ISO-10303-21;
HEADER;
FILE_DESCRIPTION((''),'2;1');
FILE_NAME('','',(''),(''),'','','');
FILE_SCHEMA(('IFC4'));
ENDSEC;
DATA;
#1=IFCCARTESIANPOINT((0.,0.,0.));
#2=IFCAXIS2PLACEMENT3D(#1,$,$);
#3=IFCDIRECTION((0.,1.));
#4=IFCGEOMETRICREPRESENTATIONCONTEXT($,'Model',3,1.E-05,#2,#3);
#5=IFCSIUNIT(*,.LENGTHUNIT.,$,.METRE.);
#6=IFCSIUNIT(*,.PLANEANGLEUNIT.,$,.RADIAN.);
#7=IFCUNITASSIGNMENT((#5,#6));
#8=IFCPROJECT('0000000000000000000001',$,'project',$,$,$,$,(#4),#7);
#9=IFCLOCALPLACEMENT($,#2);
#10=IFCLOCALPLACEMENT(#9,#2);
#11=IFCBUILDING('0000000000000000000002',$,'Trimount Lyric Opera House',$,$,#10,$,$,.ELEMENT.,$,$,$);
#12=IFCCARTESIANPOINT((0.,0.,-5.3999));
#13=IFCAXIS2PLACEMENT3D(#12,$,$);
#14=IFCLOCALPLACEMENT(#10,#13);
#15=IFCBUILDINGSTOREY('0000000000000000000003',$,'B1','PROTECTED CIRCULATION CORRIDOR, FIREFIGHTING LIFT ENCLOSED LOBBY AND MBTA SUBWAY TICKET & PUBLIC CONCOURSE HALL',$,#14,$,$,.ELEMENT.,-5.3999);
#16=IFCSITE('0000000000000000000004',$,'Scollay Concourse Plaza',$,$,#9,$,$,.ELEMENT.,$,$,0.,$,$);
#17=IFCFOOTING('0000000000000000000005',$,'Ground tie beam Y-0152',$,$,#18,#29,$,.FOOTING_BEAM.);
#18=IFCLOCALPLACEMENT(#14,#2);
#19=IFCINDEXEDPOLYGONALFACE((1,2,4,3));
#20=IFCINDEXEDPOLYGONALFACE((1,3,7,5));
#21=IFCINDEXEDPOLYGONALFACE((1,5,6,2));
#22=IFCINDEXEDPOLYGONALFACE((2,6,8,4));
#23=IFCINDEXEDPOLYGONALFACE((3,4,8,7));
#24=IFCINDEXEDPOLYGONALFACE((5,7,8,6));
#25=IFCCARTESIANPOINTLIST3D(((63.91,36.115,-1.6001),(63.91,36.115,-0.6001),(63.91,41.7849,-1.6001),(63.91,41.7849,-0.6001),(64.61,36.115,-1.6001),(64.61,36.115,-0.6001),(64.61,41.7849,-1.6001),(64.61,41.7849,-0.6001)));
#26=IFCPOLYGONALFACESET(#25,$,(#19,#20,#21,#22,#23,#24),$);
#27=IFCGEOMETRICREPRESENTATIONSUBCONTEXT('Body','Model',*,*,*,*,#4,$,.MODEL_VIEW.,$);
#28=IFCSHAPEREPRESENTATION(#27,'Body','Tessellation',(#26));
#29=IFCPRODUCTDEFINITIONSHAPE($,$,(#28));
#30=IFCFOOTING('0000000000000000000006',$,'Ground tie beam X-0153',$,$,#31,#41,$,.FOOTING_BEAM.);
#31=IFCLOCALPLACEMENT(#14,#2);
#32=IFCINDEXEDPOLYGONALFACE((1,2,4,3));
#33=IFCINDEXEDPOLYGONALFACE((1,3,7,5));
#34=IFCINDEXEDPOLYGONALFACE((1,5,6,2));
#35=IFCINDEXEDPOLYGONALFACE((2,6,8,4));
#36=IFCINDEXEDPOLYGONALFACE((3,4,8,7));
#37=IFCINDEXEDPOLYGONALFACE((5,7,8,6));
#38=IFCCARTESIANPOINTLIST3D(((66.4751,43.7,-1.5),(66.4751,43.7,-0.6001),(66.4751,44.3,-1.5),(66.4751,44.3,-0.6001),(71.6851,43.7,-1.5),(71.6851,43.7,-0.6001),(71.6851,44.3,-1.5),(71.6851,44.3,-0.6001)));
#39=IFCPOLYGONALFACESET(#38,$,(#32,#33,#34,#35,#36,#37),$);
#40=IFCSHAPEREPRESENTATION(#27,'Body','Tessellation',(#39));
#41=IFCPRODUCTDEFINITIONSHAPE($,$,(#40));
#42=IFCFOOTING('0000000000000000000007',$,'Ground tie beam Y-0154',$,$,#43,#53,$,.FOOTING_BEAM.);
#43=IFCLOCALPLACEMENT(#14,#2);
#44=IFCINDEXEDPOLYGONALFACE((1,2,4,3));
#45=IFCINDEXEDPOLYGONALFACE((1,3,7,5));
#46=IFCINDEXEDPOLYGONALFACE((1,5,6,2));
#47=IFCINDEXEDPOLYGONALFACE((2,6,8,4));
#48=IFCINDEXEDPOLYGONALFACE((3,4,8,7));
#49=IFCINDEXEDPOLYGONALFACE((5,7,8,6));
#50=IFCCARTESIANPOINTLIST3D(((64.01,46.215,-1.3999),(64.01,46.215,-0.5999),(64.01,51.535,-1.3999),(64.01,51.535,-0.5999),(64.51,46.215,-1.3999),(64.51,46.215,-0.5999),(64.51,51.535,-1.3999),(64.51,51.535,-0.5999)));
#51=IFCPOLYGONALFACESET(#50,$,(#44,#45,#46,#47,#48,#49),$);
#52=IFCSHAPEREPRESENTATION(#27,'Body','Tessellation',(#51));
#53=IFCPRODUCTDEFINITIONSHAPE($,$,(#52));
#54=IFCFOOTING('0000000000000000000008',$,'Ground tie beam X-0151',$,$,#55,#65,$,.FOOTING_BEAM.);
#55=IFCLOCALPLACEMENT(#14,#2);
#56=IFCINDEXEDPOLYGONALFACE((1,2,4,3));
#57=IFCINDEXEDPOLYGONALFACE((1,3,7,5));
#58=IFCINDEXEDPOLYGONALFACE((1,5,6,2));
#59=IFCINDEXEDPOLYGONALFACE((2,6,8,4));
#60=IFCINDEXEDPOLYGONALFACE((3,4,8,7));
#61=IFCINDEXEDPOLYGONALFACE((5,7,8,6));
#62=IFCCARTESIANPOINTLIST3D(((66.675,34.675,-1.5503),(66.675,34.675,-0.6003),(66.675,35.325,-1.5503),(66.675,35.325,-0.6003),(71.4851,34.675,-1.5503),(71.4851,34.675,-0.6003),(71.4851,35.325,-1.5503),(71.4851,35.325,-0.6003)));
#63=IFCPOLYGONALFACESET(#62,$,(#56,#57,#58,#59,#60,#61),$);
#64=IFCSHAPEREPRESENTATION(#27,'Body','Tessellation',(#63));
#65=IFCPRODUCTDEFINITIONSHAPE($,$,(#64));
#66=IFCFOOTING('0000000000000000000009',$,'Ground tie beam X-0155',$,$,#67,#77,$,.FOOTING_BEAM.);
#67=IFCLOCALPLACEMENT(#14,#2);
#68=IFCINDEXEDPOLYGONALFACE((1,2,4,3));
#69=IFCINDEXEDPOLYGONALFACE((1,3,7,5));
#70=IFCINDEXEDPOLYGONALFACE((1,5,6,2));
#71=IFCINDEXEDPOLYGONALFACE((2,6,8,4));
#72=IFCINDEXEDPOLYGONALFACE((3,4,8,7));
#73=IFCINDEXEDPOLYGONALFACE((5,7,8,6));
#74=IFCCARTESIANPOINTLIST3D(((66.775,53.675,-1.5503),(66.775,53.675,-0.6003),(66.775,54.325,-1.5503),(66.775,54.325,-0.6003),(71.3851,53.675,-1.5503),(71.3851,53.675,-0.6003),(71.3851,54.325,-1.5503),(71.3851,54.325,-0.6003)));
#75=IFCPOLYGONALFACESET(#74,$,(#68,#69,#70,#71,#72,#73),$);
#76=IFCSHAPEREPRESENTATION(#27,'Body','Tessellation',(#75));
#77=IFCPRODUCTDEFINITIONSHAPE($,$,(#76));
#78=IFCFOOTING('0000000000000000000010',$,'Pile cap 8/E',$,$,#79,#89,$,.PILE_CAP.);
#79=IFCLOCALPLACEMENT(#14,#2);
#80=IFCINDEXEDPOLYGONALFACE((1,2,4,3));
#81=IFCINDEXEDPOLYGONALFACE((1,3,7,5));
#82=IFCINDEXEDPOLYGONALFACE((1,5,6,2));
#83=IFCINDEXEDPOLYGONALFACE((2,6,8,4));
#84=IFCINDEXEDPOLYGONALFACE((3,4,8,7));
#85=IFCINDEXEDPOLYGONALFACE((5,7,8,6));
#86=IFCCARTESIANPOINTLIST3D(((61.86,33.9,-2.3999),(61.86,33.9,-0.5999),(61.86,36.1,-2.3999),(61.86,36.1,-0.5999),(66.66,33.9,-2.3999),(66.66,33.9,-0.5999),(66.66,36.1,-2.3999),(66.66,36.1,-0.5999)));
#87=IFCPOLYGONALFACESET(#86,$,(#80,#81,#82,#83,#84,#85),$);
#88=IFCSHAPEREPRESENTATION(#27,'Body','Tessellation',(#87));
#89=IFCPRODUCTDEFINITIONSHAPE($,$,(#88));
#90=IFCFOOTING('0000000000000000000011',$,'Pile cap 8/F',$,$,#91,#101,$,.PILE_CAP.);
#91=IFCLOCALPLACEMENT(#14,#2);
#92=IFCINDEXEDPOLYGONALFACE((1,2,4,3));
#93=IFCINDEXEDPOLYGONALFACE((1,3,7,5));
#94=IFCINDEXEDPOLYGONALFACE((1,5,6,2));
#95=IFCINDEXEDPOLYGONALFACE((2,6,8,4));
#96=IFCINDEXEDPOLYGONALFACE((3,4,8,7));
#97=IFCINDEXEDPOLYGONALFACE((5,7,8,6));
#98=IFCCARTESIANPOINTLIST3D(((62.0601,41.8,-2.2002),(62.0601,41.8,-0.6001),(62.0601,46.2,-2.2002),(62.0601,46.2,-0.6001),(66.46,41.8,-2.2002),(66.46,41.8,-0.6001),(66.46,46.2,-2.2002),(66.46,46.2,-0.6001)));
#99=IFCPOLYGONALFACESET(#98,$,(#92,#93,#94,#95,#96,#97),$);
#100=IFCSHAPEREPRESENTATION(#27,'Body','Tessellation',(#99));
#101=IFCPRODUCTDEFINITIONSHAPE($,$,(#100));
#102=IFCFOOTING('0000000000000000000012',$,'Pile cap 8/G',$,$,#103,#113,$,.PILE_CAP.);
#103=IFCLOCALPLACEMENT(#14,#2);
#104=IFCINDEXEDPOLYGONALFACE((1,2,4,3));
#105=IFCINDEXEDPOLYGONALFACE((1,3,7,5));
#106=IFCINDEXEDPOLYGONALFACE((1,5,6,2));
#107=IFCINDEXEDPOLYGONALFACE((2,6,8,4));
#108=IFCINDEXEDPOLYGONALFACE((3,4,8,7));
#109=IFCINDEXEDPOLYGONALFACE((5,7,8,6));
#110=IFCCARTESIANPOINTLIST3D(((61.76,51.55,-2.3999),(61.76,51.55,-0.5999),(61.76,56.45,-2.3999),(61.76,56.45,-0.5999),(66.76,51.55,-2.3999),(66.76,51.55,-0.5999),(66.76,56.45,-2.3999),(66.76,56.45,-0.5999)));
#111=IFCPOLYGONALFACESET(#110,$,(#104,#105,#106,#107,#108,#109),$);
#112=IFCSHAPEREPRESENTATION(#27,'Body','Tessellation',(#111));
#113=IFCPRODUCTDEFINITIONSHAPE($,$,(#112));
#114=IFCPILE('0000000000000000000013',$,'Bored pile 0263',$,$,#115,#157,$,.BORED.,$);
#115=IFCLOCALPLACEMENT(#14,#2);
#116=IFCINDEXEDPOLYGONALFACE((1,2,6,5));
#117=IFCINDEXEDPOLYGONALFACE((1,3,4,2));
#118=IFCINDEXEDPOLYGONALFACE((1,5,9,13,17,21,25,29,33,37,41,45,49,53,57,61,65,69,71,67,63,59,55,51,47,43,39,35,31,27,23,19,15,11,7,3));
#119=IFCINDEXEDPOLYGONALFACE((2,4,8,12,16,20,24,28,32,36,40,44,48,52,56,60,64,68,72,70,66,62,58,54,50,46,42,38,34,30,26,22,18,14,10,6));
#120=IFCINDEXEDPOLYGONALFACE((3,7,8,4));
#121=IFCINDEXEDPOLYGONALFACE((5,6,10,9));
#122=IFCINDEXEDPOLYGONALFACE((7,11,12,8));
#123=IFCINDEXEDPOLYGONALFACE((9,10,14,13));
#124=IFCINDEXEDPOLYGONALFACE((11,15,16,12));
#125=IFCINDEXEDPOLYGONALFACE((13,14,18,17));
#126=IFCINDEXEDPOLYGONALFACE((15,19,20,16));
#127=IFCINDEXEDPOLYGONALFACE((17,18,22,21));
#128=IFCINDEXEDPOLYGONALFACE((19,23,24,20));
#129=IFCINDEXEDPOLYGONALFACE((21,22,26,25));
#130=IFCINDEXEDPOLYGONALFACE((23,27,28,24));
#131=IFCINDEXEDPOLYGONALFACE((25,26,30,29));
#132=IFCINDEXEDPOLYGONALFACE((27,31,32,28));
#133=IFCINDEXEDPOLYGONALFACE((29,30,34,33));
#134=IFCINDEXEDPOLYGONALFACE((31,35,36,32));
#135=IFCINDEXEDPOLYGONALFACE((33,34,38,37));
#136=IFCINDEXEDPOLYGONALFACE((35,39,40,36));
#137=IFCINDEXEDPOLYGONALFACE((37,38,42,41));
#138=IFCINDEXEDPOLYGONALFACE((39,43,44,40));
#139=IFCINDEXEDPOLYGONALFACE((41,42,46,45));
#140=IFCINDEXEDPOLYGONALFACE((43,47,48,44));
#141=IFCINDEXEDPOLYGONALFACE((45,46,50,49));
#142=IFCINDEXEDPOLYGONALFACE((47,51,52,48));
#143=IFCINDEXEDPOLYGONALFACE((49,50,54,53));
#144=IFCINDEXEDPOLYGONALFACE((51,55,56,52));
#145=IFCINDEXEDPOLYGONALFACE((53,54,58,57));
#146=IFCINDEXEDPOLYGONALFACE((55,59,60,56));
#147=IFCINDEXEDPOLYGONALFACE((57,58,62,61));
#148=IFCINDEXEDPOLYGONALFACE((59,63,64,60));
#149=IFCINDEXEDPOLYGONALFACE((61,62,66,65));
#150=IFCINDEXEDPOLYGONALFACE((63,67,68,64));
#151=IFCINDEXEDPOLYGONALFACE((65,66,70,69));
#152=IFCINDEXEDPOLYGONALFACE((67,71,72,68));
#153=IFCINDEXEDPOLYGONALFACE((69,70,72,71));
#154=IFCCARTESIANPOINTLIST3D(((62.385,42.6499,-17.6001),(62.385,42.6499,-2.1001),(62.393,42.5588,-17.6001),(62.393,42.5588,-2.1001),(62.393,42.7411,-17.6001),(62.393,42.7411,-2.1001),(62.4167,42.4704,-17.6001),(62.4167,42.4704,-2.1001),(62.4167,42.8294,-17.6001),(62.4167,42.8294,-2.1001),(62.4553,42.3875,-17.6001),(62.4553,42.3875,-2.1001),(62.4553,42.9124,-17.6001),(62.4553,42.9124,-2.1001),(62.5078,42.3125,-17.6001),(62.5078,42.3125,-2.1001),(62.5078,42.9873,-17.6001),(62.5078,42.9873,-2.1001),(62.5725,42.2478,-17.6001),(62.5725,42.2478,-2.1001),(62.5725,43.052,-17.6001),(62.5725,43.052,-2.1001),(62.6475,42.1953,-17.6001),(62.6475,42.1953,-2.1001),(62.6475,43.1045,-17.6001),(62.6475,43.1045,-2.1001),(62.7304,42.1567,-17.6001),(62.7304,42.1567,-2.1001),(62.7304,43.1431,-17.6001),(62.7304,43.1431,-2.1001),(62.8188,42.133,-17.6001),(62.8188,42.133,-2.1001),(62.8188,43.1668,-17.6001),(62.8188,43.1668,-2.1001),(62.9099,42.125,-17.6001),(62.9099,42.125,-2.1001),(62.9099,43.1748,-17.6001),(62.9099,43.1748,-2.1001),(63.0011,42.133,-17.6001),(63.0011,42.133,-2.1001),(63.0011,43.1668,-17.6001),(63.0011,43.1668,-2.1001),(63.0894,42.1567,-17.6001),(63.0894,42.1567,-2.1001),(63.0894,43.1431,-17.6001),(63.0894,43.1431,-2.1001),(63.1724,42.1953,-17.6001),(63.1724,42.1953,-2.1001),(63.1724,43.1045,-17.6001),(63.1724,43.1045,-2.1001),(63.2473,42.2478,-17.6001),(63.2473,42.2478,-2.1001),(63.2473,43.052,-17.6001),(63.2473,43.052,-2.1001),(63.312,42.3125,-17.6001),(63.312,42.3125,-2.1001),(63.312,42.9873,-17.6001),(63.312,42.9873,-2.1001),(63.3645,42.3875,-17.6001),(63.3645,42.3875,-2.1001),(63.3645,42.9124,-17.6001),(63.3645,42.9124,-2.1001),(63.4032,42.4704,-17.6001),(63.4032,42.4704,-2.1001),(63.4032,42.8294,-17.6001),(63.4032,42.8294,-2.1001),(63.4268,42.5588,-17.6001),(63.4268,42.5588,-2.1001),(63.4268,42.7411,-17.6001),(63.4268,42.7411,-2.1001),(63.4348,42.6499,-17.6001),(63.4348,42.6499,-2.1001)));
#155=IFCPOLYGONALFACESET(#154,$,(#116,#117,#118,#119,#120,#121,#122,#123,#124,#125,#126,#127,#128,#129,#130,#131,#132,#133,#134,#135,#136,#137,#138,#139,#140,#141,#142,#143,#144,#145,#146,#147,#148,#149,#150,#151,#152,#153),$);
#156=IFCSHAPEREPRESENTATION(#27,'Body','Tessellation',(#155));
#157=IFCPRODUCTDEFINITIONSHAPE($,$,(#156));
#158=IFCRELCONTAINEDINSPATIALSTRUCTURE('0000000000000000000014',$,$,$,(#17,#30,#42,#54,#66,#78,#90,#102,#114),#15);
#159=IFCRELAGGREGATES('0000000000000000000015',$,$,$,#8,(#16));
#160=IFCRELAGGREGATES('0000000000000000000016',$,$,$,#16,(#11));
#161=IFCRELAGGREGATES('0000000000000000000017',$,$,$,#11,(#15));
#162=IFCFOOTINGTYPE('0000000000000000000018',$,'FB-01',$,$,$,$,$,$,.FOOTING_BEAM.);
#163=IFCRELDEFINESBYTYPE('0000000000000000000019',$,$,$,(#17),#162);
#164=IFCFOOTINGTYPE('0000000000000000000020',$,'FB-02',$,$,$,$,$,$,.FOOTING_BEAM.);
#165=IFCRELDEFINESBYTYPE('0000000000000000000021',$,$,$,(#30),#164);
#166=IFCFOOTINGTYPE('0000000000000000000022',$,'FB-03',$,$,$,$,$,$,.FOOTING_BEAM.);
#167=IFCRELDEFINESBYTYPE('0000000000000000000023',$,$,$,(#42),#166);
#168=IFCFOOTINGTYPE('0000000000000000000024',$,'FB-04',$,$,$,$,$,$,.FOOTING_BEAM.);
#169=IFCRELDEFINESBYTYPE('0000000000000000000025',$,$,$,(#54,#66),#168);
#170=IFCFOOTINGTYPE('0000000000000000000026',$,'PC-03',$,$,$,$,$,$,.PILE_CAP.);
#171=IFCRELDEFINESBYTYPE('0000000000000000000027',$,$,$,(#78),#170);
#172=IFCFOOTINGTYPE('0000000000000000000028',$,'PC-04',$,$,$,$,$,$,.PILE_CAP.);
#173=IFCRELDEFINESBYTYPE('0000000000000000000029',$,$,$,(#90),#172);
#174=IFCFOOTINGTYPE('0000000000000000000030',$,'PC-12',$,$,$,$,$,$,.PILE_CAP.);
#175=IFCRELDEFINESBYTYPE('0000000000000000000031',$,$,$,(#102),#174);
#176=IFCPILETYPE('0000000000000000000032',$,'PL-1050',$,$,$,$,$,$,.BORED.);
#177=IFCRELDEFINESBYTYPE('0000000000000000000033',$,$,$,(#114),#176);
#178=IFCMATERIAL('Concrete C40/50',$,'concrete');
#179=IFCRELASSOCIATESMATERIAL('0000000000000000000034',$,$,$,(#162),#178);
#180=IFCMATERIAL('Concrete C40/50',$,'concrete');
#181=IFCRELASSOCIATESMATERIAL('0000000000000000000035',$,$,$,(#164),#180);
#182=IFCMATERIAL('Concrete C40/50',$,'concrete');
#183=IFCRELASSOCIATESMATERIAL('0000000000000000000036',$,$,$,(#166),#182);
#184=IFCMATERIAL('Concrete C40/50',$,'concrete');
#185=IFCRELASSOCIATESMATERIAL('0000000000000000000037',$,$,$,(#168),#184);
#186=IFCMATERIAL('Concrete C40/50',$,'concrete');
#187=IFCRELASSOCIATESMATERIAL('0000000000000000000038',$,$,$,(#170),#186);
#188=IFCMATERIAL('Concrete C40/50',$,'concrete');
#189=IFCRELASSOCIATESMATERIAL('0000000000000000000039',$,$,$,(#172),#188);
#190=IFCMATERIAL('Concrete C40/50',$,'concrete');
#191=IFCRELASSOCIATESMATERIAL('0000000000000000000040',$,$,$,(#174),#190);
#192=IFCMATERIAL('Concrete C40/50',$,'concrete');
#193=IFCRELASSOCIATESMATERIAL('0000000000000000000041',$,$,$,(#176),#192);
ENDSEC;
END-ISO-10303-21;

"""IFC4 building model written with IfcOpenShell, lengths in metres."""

from ifc_helpers import new_model, si_unit, direction, frame, origin, origin_2d, place, context, subcontext, project, spatial, rectangle, circle, extrude, material, material_profile, profile_set, type_object, element, save


model = new_model("IFC4")

# Units and contexts
model_context = context("Model", 3, precision=1e-05, world=origin(), true_north=direction((0.0, 1.0)))
body_context = subcontext(model_context, "Body", "Model", "MODEL_VIEW")
ifc_project = project(units=[si_unit("LENGTHUNIT", "METRE"), si_unit("PLANEANGLEUNIT", "RADIAN")], contexts=[model_context])

# Site, building, storey
site_placement = place(None, origin())
site = spatial("IfcSite", under=ifc_project, at=site_placement, Name="Scollay Concourse Plaza", CompositionType="ELEMENT", RefElevation=0.0)
building_placement = place(site_placement, origin())
building = spatial("IfcBuilding", under=site, at=building_placement, Name="Trimount Lyric Opera House", CompositionType="ELEMENT")
storey_placement = place(building_placement, frame((0.0, 0.0, -5.3999)))
storey = spatial("IfcBuildingStorey", under=building, at=storey_placement, Name="B1", Description="PROTECTED CIRCULATION CORRIDOR, FIREFIGHTING LIFT ENCLOSED LOBBY AND MBTA SUBWAY TICKET & PUBLIC CONCOURSE HALL", CompositionType="ELEMENT", Elevation=-5.3999)

# Footings
ifc_material_1 = material(Name="Concrete C40/50", Category="concrete")
footing_type_1 = type_object("IfcFootingType", Name="FB-01", PredefinedType="FOOTING_BEAM", material=ifc_material_1)
footing_1_placement = place(storey_placement, frame((64.26, 38.95, -1.6001), z_axis=(0.0, 0.0, 1.0), x_axis=(1.0, 0.0, 0.0)))
element("IfcFooting", 1, at=footing_1_placement, inside=storey, type_object=footing_type_1, Name="Ground tie beam Y-0152", PredefinedType="FOOTING_BEAM", context=body_context, shape_type="SweptSolid", body=[
    extrude(rectangle(XDim=0.7, YDim=5.6699, at=origin_2d()), origin(), (0.0, 0.0, 1.0), 1.0),
])
ifc_material_2 = material(Name="Concrete C40/50", Category="concrete")
footing_type_2 = type_object("IfcFootingType", Name="FB-02", PredefinedType="FOOTING_BEAM", material=ifc_material_2)
footing_2_placement = place(storey_placement, frame((69.0801, 44.0, -1.5), z_axis=(0.0, 0.0, 1.0), x_axis=(1.0, 0.0, 0.0)))
element("IfcFooting", 2, at=footing_2_placement, inside=storey, type_object=footing_type_2, Name="Ground tie beam X-0153", PredefinedType="FOOTING_BEAM", context=body_context, shape_type="SweptSolid", body=[
    extrude(rectangle(XDim=5.21, YDim=0.6001, at=origin_2d()), origin(), (0.0, 0.0, 1.0), 0.8999),
])
ifc_material_3 = material(Name="Concrete C40/50", Category="concrete")
footing_type_3 = type_object("IfcFootingType", Name="FB-03", PredefinedType="FOOTING_BEAM", material=ifc_material_3)
footing_3_placement = place(storey_placement, frame((64.26, 48.875, -1.3999), z_axis=(0.0, 0.0, 1.0), x_axis=(1.0, 0.0, 0.0)))
element("IfcFooting", 3, at=footing_3_placement, inside=storey, type_object=footing_type_3, Name="Ground tie beam Y-0154", PredefinedType="FOOTING_BEAM", context=body_context, shape_type="SweptSolid", body=[
    extrude(rectangle(XDim=0.5, YDim=5.3201, at=origin_2d()), origin(), (0.0, 0.0, 1.0), 0.8),
])
ifc_material_4 = material(Name="Concrete C40/50", Category="concrete")
footing_type_4 = type_object("IfcFootingType", Name="FB-04", PredefinedType="FOOTING_BEAM", material=ifc_material_4)
footing_4_placement = place(storey_placement, frame((69.0801, 35.0, -1.5503), z_axis=(0.0, 0.0, 1.0), x_axis=(1.0, 0.0, 0.0)))
element("IfcFooting", 4, at=footing_4_placement, inside=storey, type_object=footing_type_4, Name="Ground tie beam X-0151", PredefinedType="FOOTING_BEAM", context=body_context, shape_type="SweptSolid", body=[
    extrude(rectangle(XDim=4.8101, YDim=0.6499, at=origin_2d()), origin(), (0.0, 0.0, 1.0), 0.95),
])
footing_5_placement = place(storey_placement, frame((69.0801, 54.0, -1.5503), z_axis=(0.0, 0.0, 1.0), x_axis=(1.0, 0.0, 0.0)))
element("IfcFooting", 5, at=footing_5_placement, inside=storey, type_object=footing_type_4, Name="Ground tie beam X-0155", PredefinedType="FOOTING_BEAM", context=body_context, shape_type="SweptSolid", body=[
    extrude(rectangle(XDim=4.6101, YDim=0.6499, at=origin_2d()), origin(), (0.0, 0.0, 1.0), 0.95),
])
ifc_material_5 = material(Name="Concrete C40/50", Category="concrete")
footing_type_5 = type_object("IfcFootingType", Name="PC-03", PredefinedType="PILE_CAP", material=ifc_material_5)
footing_6_placement = place(storey_placement, frame((64.26, 35.0, -2.3999), z_axis=(0.0, 0.0, 1.0), x_axis=(1.0, 0.0, 0.0)))
element("IfcFooting", 6, at=footing_6_placement, inside=storey, type_object=footing_type_5, Name="Pile cap 8/E", PredefinedType="PILE_CAP", context=body_context, shape_type="SweptSolid", body=[
    extrude(rectangle(XDim=4.8, YDim=2.2, at=origin_2d()), origin(), (0.0, 0.0, 1.0), 1.8),
])
ifc_material_6 = material(Name="Concrete C40/50", Category="concrete")
footing_type_6 = type_object("IfcFootingType", Name="PC-04", PredefinedType="PILE_CAP", material=ifc_material_6)
footing_7_placement = place(storey_placement, frame((64.26, 44.0, -2.2002), z_axis=(0.0, 0.0, 1.0), x_axis=(1.0, 0.0, 0.0)))
element("IfcFooting", 7, at=footing_7_placement, inside=storey, type_object=footing_type_6, Name="Pile cap 8/F", PredefinedType="PILE_CAP", context=body_context, shape_type="SweptSolid", body=[
    extrude(rectangle(XDim=4.3999, YDim=4.3999, at=origin_2d()), origin(), (0.0, 0.0, 1.0), 1.6001),
])
ifc_material_7 = material(Name="Concrete C40/50", Category="concrete")
footing_type_7 = type_object("IfcFootingType", Name="PC-12", PredefinedType="PILE_CAP", material=ifc_material_7)
footing_8_placement = place(storey_placement, frame((64.26, 54.0, -2.3999), z_axis=(0.0, 0.0, 1.0), x_axis=(1.0, 0.0, 0.0)))
element("IfcFooting", 8, at=footing_8_placement, inside=storey, type_object=footing_type_7, Name="Pile cap 8/G", PredefinedType="PILE_CAP", context=body_context, shape_type="SweptSolid", body=[
    extrude(rectangle(XDim=5.0, YDim=4.8999, at=origin_2d()), origin(), (0.0, 0.0, 1.0), 1.8),
])

# Pile
ifc_material_8 = material(Name="Concrete C40/50", Category="concrete")
ifc_material_profile_1 = material_profile(ifc_material_8, circle(Radius=0.5249, at=origin_2d()), Name="PILE-D1050")
ifc_profile_set_1 = profile_set([ifc_material_profile_1], Name="Concrete C40/50")
pile_type_1 = type_object("IfcPileType", Name="PL-1050", PredefinedType="BORED", material=ifc_profile_set_1)
for number, where, z_axis, x_axis, name in (
    (9, (62.9099, 42.6499, -2.1001), (0.0, 0.0, -1.0), (1.0, 0.0, 0.0), "Bored pile 0263"),
):
    element("IfcPile", number, at=place(storey_placement, frame(where, z_axis=z_axis, x_axis=x_axis)), inside=storey, type_object=pile_type_1, Name=name, PredefinedType="BORED", context=body_context, shape_type="SweptSolid", body=[
        extrude(circle(Radius=0.5249, at=origin_2d()), origin(), (0.0, 0.0, 1.0), 15.5),
    ])

save(model, "model.ifc")
